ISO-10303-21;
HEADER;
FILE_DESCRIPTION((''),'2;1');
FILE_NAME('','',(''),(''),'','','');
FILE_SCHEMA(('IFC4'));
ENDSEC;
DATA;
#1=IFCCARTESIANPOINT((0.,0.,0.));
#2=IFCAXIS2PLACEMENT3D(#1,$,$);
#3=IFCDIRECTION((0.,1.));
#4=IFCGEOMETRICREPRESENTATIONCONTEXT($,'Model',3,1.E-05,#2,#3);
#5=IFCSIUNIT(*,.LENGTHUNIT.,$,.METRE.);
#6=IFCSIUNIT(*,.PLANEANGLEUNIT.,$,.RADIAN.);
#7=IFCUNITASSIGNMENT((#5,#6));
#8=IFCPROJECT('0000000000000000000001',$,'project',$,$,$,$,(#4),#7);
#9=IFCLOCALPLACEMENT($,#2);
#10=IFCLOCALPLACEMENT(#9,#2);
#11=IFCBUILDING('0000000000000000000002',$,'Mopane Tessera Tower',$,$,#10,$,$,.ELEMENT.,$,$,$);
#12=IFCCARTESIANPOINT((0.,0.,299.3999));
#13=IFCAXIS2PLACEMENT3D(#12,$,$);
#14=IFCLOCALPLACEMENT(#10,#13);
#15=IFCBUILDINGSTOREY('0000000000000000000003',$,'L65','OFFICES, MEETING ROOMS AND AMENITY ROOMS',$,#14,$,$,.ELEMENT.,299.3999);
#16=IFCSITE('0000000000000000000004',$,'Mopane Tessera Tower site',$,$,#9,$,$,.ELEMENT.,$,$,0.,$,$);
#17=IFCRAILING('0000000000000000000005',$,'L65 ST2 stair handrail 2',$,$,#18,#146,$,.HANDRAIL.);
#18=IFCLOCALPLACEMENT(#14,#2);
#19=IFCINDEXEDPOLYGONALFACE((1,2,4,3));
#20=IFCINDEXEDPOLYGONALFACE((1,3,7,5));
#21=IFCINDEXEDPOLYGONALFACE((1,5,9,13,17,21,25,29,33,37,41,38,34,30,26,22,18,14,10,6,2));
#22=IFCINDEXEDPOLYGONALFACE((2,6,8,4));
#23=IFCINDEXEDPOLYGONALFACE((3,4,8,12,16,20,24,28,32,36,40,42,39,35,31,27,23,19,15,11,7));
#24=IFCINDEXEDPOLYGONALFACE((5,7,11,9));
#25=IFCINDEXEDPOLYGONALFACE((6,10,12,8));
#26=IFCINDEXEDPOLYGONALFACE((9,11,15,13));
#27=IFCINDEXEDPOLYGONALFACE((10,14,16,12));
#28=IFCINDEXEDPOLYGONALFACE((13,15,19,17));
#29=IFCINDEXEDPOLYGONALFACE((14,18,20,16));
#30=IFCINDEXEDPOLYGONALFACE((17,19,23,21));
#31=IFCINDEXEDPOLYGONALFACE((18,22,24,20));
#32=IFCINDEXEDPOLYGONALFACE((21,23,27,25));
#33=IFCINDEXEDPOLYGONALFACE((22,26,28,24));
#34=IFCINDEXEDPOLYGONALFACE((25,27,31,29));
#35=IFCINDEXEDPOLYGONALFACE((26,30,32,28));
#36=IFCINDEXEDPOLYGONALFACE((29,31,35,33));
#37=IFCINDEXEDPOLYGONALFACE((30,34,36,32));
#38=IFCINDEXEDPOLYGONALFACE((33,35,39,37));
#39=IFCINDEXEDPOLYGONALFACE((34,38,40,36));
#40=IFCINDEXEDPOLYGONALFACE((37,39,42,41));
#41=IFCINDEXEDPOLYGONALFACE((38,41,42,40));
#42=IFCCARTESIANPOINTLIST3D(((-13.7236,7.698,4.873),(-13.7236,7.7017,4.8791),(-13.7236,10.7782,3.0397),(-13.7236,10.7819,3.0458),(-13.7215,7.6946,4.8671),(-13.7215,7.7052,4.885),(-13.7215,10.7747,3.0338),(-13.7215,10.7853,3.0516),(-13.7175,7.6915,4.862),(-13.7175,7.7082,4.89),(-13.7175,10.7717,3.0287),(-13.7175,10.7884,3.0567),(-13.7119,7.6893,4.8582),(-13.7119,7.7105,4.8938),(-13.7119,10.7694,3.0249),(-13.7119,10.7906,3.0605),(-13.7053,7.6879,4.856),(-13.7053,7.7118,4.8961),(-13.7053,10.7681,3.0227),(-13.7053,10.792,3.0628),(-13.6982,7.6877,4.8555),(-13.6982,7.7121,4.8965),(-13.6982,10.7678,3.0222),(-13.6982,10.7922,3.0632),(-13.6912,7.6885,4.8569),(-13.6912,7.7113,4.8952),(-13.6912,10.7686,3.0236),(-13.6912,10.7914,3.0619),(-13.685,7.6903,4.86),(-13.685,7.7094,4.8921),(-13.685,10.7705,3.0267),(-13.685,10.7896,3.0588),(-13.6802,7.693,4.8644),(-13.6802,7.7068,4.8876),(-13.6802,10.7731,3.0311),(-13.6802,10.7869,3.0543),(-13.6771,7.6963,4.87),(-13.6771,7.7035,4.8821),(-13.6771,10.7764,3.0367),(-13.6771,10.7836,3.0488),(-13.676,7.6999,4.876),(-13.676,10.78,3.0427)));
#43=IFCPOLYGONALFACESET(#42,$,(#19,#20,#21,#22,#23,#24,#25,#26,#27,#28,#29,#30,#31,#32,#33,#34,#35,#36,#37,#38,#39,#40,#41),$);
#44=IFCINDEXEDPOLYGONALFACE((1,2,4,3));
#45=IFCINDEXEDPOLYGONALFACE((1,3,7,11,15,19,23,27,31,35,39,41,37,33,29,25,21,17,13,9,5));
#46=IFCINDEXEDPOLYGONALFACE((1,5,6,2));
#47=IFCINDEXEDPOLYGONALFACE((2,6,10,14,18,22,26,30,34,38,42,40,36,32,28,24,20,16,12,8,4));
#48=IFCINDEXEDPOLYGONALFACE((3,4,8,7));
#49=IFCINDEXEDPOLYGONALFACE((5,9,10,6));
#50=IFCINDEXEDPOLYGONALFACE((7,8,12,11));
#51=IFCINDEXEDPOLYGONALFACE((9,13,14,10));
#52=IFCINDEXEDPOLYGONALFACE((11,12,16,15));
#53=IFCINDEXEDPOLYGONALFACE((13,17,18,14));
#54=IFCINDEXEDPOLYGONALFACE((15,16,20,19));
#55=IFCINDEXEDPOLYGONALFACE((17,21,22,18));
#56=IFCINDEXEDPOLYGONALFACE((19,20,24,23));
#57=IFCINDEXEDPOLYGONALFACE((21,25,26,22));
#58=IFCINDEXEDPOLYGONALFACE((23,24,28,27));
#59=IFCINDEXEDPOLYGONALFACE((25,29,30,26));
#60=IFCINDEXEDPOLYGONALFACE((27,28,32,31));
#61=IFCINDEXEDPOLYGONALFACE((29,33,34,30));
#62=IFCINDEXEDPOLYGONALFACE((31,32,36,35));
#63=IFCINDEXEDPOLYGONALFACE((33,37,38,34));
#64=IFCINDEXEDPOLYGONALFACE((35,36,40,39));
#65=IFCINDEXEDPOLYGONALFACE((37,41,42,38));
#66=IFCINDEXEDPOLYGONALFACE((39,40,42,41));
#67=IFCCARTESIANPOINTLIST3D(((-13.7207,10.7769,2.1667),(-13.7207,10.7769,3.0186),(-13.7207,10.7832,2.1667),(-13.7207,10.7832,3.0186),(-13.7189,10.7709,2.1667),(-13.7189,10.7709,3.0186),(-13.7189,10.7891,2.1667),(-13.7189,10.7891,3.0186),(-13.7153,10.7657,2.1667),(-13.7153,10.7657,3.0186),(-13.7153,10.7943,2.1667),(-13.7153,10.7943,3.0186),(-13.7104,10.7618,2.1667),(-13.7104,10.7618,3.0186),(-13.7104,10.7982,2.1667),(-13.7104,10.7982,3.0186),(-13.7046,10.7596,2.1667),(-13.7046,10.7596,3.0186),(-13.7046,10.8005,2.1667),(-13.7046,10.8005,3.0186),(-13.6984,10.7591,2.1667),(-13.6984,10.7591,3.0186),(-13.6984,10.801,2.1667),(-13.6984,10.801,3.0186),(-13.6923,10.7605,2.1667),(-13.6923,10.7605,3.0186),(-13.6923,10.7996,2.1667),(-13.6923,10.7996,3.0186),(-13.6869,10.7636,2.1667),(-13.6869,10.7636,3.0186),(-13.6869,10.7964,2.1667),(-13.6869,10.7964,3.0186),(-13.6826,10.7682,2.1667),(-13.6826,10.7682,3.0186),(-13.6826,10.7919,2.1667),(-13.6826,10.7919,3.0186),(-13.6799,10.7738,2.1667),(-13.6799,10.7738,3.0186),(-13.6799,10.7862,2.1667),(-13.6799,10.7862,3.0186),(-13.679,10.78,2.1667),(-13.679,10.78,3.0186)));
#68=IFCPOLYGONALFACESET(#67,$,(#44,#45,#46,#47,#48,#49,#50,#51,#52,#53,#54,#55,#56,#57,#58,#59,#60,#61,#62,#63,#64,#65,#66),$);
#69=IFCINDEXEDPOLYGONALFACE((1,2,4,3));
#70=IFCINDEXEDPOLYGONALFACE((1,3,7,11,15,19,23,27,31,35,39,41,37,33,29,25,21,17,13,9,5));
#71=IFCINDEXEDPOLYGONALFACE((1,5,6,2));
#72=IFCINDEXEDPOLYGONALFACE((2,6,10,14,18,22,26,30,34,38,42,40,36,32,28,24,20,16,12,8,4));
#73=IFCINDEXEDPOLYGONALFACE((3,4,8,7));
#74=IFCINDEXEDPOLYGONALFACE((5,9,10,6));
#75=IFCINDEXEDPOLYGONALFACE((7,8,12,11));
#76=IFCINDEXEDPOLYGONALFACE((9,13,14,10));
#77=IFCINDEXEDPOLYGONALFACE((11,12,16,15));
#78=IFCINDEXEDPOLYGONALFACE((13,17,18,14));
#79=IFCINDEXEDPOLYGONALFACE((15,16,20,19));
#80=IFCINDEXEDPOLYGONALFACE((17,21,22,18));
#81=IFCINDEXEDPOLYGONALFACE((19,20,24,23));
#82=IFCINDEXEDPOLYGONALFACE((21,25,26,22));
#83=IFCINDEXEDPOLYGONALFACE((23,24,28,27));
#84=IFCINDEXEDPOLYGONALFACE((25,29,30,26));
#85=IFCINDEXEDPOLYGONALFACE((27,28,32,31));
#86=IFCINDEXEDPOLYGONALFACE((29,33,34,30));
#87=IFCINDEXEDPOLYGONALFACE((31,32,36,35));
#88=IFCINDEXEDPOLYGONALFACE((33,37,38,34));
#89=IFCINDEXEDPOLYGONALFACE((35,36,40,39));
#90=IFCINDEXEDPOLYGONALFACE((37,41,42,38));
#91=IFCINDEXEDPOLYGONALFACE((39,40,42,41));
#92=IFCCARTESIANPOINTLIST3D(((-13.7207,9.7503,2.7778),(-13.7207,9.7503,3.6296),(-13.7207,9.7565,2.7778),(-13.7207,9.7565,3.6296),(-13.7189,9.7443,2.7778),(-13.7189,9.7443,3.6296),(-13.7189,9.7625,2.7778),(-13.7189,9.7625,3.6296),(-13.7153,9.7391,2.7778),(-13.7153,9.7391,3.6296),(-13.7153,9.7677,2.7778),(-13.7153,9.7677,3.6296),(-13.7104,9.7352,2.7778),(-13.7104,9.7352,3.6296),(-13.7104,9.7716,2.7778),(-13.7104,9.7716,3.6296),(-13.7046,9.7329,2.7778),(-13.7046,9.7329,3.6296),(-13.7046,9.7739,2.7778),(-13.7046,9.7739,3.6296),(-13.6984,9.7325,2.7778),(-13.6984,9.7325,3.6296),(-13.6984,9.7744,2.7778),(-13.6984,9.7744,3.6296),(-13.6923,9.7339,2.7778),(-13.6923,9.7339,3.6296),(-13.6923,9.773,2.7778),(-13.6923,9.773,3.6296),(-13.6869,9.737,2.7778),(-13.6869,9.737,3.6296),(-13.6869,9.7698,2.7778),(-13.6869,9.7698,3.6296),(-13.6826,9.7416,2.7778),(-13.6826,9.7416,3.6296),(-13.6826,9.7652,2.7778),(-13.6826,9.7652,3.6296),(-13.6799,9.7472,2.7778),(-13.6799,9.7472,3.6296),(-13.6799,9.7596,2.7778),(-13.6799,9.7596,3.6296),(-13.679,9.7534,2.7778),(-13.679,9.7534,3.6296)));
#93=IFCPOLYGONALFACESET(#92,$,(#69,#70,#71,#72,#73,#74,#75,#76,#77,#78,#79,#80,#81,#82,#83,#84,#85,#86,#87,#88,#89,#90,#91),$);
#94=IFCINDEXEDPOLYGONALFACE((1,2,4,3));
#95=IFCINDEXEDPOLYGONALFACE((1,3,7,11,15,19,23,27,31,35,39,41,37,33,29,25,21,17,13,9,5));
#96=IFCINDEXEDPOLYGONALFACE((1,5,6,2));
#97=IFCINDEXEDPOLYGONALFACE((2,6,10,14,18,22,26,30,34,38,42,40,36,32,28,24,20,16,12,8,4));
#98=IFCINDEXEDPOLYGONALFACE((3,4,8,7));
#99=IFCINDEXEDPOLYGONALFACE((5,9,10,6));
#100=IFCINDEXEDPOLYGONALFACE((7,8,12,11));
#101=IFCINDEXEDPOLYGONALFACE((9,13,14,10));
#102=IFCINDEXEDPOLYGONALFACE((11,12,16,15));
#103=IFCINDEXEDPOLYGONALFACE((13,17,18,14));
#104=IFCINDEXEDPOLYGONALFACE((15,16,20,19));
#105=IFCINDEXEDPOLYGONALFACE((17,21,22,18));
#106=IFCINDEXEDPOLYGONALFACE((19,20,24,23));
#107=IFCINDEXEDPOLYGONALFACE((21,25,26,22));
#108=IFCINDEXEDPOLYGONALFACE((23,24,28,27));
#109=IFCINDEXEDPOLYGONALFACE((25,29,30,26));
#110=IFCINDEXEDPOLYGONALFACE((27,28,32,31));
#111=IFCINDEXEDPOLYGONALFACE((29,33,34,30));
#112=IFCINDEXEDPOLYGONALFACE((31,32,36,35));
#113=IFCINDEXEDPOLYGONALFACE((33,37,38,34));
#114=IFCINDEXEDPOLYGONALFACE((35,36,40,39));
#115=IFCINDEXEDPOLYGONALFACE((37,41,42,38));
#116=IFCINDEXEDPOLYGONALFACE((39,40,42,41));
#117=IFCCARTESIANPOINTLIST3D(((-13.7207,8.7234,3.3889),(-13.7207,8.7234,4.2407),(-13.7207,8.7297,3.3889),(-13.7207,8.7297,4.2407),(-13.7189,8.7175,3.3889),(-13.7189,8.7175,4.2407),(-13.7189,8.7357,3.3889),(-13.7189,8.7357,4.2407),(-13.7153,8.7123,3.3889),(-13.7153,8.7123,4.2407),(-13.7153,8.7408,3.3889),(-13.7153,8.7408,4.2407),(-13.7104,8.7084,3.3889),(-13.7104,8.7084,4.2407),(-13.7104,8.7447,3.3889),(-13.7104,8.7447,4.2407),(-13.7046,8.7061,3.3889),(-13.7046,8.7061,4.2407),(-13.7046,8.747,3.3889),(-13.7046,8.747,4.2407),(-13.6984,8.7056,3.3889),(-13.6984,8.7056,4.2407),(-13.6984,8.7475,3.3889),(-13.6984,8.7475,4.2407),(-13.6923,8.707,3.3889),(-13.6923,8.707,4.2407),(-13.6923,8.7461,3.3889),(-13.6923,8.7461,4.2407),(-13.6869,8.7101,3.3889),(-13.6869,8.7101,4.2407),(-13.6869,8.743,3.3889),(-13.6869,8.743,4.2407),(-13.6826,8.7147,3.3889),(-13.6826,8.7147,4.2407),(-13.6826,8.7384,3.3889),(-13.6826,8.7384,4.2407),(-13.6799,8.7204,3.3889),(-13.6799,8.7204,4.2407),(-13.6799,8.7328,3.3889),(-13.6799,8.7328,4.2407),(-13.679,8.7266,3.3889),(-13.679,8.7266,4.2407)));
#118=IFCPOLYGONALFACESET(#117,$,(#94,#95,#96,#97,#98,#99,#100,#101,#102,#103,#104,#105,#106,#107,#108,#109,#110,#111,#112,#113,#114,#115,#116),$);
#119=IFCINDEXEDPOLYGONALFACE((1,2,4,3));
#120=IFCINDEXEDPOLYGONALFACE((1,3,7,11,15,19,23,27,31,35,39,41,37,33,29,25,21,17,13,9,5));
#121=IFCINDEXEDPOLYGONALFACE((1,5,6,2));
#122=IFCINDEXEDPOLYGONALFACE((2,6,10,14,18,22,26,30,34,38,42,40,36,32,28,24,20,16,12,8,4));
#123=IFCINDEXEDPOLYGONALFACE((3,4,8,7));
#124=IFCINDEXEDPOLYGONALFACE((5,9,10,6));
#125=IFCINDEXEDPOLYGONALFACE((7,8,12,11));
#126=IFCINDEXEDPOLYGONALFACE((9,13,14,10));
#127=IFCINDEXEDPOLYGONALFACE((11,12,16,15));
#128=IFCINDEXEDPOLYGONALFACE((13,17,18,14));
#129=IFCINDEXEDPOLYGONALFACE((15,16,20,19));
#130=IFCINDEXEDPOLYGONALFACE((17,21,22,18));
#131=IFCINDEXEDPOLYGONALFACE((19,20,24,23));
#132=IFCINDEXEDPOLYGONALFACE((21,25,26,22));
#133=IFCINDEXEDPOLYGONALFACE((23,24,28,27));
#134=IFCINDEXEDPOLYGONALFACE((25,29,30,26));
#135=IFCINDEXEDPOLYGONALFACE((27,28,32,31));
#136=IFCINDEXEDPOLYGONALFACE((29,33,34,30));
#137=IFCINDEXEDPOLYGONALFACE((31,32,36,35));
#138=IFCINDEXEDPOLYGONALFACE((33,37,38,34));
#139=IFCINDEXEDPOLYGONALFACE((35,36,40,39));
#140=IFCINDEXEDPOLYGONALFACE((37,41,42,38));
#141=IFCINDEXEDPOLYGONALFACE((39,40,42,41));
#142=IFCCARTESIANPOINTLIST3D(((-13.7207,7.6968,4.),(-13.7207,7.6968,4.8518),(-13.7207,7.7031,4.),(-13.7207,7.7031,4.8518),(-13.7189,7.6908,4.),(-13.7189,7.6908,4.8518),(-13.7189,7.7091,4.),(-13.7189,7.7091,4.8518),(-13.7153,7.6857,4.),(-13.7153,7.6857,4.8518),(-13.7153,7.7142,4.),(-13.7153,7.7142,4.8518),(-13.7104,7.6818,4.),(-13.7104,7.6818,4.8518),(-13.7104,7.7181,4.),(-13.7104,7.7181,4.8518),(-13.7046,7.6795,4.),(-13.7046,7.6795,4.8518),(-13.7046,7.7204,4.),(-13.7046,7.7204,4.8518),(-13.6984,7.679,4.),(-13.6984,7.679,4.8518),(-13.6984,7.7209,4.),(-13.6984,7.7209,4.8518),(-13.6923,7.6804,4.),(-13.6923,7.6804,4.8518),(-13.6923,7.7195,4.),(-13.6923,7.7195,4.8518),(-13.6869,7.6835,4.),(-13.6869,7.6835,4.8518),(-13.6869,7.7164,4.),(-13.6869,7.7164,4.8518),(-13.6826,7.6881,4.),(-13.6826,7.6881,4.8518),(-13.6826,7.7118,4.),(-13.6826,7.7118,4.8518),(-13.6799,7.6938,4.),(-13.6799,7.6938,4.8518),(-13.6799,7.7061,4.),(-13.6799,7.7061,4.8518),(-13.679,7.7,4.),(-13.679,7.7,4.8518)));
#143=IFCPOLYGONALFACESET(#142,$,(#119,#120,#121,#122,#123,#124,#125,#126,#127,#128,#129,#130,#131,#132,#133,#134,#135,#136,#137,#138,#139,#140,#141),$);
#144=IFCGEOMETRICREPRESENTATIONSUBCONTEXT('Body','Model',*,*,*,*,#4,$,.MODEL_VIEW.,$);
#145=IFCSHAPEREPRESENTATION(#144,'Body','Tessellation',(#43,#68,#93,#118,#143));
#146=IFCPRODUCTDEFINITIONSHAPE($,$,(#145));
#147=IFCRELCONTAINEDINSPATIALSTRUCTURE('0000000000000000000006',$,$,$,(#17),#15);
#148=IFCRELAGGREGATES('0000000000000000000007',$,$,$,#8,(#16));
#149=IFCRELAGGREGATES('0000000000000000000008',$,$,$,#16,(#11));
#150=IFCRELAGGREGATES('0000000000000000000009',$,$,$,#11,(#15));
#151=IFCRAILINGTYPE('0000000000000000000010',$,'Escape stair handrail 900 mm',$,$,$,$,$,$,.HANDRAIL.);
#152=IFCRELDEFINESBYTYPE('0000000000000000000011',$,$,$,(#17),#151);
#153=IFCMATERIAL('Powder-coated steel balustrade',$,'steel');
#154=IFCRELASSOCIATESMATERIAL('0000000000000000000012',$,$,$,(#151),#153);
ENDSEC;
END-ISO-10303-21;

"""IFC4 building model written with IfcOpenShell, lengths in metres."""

from ifc_helpers import new_model, si_unit, direction, frame, origin, origin_2d, place, context, subcontext, project, spatial, circle, extrude, material, type_object, element, save


model = new_model("IFC4")

# Units and contexts
model_context = context("Model", 3, precision=1e-05, world=origin(), true_north=direction((0.0, 1.0)))
body_context = subcontext(model_context, "Body", "Model", "MODEL_VIEW")
ifc_project = project(units=[si_unit("LENGTHUNIT", "METRE"), si_unit("PLANEANGLEUNIT", "RADIAN")], contexts=[model_context])

# Site, building, storey
site_placement = place(None, origin())
site = spatial("IfcSite", under=ifc_project, at=site_placement, Name="Mopane Tessera Tower site", CompositionType="ELEMENT", RefElevation=0.0)
building_placement = place(site_placement, origin())
building = spatial("IfcBuilding", under=site, at=building_placement, Name="Mopane Tessera Tower", CompositionType="ELEMENT")
storey_placement = place(building_placement, frame((0.0, 0.0, 299.3999)))
storey = spatial("IfcBuildingStorey", under=building, at=storey_placement, Name="L65", Description="OFFICES, MEETING ROOMS AND AMENITY ROOMS", CompositionType="ELEMENT", Elevation=299.3999)

# Railing
ifc_material_1 = material(Name="Powder-coated steel balustrade", Category="steel")
railing_type_1 = type_object("IfcRailingType", Name="Escape stair handrail 900 mm", PredefinedType="HANDRAIL", material=ifc_material_1)
railing_1_placement = place(storey_placement, frame((-13.7, 10.78, 2.1667)))
element("IfcRailing", 1, at=railing_1_placement, inside=storey, type_object=railing_type_1, Name="L65 ST2 stair handrail 2", PredefinedType="HANDRAIL", context=body_context, shape_type="SweptSolid", body=[
    extrude(circle(Radius=0.0239, at=origin_2d()), frame((0.0, 0.0, 0.876), z_axis=(0.0, -0.859309, 0.511458), x_axis=(1.0, 0.0, 0.0)), (0.0, 0.0, 1.0), 3.5845),
    extrude(circle(Radius=0.021, at=origin_2d()), origin(), (0.0, 0.0, 1.0), 0.8518),
    extrude(circle(Radius=0.021, at=origin_2d()), frame((0.0, -1.0266, 0.6111)), (0.0, 0.0, 1.0), 0.8518),
    extrude(circle(Radius=0.021, at=origin_2d()), frame((0.0, -2.0535, 1.2222)), (0.0, 0.0, 1.0), 0.8518),
    extrude(circle(Radius=0.021, at=origin_2d()), frame((0.0, -3.0801, 1.8333)), (0.0, 0.0, 1.0), 0.8518),
])

save(model, "model.ifc")
